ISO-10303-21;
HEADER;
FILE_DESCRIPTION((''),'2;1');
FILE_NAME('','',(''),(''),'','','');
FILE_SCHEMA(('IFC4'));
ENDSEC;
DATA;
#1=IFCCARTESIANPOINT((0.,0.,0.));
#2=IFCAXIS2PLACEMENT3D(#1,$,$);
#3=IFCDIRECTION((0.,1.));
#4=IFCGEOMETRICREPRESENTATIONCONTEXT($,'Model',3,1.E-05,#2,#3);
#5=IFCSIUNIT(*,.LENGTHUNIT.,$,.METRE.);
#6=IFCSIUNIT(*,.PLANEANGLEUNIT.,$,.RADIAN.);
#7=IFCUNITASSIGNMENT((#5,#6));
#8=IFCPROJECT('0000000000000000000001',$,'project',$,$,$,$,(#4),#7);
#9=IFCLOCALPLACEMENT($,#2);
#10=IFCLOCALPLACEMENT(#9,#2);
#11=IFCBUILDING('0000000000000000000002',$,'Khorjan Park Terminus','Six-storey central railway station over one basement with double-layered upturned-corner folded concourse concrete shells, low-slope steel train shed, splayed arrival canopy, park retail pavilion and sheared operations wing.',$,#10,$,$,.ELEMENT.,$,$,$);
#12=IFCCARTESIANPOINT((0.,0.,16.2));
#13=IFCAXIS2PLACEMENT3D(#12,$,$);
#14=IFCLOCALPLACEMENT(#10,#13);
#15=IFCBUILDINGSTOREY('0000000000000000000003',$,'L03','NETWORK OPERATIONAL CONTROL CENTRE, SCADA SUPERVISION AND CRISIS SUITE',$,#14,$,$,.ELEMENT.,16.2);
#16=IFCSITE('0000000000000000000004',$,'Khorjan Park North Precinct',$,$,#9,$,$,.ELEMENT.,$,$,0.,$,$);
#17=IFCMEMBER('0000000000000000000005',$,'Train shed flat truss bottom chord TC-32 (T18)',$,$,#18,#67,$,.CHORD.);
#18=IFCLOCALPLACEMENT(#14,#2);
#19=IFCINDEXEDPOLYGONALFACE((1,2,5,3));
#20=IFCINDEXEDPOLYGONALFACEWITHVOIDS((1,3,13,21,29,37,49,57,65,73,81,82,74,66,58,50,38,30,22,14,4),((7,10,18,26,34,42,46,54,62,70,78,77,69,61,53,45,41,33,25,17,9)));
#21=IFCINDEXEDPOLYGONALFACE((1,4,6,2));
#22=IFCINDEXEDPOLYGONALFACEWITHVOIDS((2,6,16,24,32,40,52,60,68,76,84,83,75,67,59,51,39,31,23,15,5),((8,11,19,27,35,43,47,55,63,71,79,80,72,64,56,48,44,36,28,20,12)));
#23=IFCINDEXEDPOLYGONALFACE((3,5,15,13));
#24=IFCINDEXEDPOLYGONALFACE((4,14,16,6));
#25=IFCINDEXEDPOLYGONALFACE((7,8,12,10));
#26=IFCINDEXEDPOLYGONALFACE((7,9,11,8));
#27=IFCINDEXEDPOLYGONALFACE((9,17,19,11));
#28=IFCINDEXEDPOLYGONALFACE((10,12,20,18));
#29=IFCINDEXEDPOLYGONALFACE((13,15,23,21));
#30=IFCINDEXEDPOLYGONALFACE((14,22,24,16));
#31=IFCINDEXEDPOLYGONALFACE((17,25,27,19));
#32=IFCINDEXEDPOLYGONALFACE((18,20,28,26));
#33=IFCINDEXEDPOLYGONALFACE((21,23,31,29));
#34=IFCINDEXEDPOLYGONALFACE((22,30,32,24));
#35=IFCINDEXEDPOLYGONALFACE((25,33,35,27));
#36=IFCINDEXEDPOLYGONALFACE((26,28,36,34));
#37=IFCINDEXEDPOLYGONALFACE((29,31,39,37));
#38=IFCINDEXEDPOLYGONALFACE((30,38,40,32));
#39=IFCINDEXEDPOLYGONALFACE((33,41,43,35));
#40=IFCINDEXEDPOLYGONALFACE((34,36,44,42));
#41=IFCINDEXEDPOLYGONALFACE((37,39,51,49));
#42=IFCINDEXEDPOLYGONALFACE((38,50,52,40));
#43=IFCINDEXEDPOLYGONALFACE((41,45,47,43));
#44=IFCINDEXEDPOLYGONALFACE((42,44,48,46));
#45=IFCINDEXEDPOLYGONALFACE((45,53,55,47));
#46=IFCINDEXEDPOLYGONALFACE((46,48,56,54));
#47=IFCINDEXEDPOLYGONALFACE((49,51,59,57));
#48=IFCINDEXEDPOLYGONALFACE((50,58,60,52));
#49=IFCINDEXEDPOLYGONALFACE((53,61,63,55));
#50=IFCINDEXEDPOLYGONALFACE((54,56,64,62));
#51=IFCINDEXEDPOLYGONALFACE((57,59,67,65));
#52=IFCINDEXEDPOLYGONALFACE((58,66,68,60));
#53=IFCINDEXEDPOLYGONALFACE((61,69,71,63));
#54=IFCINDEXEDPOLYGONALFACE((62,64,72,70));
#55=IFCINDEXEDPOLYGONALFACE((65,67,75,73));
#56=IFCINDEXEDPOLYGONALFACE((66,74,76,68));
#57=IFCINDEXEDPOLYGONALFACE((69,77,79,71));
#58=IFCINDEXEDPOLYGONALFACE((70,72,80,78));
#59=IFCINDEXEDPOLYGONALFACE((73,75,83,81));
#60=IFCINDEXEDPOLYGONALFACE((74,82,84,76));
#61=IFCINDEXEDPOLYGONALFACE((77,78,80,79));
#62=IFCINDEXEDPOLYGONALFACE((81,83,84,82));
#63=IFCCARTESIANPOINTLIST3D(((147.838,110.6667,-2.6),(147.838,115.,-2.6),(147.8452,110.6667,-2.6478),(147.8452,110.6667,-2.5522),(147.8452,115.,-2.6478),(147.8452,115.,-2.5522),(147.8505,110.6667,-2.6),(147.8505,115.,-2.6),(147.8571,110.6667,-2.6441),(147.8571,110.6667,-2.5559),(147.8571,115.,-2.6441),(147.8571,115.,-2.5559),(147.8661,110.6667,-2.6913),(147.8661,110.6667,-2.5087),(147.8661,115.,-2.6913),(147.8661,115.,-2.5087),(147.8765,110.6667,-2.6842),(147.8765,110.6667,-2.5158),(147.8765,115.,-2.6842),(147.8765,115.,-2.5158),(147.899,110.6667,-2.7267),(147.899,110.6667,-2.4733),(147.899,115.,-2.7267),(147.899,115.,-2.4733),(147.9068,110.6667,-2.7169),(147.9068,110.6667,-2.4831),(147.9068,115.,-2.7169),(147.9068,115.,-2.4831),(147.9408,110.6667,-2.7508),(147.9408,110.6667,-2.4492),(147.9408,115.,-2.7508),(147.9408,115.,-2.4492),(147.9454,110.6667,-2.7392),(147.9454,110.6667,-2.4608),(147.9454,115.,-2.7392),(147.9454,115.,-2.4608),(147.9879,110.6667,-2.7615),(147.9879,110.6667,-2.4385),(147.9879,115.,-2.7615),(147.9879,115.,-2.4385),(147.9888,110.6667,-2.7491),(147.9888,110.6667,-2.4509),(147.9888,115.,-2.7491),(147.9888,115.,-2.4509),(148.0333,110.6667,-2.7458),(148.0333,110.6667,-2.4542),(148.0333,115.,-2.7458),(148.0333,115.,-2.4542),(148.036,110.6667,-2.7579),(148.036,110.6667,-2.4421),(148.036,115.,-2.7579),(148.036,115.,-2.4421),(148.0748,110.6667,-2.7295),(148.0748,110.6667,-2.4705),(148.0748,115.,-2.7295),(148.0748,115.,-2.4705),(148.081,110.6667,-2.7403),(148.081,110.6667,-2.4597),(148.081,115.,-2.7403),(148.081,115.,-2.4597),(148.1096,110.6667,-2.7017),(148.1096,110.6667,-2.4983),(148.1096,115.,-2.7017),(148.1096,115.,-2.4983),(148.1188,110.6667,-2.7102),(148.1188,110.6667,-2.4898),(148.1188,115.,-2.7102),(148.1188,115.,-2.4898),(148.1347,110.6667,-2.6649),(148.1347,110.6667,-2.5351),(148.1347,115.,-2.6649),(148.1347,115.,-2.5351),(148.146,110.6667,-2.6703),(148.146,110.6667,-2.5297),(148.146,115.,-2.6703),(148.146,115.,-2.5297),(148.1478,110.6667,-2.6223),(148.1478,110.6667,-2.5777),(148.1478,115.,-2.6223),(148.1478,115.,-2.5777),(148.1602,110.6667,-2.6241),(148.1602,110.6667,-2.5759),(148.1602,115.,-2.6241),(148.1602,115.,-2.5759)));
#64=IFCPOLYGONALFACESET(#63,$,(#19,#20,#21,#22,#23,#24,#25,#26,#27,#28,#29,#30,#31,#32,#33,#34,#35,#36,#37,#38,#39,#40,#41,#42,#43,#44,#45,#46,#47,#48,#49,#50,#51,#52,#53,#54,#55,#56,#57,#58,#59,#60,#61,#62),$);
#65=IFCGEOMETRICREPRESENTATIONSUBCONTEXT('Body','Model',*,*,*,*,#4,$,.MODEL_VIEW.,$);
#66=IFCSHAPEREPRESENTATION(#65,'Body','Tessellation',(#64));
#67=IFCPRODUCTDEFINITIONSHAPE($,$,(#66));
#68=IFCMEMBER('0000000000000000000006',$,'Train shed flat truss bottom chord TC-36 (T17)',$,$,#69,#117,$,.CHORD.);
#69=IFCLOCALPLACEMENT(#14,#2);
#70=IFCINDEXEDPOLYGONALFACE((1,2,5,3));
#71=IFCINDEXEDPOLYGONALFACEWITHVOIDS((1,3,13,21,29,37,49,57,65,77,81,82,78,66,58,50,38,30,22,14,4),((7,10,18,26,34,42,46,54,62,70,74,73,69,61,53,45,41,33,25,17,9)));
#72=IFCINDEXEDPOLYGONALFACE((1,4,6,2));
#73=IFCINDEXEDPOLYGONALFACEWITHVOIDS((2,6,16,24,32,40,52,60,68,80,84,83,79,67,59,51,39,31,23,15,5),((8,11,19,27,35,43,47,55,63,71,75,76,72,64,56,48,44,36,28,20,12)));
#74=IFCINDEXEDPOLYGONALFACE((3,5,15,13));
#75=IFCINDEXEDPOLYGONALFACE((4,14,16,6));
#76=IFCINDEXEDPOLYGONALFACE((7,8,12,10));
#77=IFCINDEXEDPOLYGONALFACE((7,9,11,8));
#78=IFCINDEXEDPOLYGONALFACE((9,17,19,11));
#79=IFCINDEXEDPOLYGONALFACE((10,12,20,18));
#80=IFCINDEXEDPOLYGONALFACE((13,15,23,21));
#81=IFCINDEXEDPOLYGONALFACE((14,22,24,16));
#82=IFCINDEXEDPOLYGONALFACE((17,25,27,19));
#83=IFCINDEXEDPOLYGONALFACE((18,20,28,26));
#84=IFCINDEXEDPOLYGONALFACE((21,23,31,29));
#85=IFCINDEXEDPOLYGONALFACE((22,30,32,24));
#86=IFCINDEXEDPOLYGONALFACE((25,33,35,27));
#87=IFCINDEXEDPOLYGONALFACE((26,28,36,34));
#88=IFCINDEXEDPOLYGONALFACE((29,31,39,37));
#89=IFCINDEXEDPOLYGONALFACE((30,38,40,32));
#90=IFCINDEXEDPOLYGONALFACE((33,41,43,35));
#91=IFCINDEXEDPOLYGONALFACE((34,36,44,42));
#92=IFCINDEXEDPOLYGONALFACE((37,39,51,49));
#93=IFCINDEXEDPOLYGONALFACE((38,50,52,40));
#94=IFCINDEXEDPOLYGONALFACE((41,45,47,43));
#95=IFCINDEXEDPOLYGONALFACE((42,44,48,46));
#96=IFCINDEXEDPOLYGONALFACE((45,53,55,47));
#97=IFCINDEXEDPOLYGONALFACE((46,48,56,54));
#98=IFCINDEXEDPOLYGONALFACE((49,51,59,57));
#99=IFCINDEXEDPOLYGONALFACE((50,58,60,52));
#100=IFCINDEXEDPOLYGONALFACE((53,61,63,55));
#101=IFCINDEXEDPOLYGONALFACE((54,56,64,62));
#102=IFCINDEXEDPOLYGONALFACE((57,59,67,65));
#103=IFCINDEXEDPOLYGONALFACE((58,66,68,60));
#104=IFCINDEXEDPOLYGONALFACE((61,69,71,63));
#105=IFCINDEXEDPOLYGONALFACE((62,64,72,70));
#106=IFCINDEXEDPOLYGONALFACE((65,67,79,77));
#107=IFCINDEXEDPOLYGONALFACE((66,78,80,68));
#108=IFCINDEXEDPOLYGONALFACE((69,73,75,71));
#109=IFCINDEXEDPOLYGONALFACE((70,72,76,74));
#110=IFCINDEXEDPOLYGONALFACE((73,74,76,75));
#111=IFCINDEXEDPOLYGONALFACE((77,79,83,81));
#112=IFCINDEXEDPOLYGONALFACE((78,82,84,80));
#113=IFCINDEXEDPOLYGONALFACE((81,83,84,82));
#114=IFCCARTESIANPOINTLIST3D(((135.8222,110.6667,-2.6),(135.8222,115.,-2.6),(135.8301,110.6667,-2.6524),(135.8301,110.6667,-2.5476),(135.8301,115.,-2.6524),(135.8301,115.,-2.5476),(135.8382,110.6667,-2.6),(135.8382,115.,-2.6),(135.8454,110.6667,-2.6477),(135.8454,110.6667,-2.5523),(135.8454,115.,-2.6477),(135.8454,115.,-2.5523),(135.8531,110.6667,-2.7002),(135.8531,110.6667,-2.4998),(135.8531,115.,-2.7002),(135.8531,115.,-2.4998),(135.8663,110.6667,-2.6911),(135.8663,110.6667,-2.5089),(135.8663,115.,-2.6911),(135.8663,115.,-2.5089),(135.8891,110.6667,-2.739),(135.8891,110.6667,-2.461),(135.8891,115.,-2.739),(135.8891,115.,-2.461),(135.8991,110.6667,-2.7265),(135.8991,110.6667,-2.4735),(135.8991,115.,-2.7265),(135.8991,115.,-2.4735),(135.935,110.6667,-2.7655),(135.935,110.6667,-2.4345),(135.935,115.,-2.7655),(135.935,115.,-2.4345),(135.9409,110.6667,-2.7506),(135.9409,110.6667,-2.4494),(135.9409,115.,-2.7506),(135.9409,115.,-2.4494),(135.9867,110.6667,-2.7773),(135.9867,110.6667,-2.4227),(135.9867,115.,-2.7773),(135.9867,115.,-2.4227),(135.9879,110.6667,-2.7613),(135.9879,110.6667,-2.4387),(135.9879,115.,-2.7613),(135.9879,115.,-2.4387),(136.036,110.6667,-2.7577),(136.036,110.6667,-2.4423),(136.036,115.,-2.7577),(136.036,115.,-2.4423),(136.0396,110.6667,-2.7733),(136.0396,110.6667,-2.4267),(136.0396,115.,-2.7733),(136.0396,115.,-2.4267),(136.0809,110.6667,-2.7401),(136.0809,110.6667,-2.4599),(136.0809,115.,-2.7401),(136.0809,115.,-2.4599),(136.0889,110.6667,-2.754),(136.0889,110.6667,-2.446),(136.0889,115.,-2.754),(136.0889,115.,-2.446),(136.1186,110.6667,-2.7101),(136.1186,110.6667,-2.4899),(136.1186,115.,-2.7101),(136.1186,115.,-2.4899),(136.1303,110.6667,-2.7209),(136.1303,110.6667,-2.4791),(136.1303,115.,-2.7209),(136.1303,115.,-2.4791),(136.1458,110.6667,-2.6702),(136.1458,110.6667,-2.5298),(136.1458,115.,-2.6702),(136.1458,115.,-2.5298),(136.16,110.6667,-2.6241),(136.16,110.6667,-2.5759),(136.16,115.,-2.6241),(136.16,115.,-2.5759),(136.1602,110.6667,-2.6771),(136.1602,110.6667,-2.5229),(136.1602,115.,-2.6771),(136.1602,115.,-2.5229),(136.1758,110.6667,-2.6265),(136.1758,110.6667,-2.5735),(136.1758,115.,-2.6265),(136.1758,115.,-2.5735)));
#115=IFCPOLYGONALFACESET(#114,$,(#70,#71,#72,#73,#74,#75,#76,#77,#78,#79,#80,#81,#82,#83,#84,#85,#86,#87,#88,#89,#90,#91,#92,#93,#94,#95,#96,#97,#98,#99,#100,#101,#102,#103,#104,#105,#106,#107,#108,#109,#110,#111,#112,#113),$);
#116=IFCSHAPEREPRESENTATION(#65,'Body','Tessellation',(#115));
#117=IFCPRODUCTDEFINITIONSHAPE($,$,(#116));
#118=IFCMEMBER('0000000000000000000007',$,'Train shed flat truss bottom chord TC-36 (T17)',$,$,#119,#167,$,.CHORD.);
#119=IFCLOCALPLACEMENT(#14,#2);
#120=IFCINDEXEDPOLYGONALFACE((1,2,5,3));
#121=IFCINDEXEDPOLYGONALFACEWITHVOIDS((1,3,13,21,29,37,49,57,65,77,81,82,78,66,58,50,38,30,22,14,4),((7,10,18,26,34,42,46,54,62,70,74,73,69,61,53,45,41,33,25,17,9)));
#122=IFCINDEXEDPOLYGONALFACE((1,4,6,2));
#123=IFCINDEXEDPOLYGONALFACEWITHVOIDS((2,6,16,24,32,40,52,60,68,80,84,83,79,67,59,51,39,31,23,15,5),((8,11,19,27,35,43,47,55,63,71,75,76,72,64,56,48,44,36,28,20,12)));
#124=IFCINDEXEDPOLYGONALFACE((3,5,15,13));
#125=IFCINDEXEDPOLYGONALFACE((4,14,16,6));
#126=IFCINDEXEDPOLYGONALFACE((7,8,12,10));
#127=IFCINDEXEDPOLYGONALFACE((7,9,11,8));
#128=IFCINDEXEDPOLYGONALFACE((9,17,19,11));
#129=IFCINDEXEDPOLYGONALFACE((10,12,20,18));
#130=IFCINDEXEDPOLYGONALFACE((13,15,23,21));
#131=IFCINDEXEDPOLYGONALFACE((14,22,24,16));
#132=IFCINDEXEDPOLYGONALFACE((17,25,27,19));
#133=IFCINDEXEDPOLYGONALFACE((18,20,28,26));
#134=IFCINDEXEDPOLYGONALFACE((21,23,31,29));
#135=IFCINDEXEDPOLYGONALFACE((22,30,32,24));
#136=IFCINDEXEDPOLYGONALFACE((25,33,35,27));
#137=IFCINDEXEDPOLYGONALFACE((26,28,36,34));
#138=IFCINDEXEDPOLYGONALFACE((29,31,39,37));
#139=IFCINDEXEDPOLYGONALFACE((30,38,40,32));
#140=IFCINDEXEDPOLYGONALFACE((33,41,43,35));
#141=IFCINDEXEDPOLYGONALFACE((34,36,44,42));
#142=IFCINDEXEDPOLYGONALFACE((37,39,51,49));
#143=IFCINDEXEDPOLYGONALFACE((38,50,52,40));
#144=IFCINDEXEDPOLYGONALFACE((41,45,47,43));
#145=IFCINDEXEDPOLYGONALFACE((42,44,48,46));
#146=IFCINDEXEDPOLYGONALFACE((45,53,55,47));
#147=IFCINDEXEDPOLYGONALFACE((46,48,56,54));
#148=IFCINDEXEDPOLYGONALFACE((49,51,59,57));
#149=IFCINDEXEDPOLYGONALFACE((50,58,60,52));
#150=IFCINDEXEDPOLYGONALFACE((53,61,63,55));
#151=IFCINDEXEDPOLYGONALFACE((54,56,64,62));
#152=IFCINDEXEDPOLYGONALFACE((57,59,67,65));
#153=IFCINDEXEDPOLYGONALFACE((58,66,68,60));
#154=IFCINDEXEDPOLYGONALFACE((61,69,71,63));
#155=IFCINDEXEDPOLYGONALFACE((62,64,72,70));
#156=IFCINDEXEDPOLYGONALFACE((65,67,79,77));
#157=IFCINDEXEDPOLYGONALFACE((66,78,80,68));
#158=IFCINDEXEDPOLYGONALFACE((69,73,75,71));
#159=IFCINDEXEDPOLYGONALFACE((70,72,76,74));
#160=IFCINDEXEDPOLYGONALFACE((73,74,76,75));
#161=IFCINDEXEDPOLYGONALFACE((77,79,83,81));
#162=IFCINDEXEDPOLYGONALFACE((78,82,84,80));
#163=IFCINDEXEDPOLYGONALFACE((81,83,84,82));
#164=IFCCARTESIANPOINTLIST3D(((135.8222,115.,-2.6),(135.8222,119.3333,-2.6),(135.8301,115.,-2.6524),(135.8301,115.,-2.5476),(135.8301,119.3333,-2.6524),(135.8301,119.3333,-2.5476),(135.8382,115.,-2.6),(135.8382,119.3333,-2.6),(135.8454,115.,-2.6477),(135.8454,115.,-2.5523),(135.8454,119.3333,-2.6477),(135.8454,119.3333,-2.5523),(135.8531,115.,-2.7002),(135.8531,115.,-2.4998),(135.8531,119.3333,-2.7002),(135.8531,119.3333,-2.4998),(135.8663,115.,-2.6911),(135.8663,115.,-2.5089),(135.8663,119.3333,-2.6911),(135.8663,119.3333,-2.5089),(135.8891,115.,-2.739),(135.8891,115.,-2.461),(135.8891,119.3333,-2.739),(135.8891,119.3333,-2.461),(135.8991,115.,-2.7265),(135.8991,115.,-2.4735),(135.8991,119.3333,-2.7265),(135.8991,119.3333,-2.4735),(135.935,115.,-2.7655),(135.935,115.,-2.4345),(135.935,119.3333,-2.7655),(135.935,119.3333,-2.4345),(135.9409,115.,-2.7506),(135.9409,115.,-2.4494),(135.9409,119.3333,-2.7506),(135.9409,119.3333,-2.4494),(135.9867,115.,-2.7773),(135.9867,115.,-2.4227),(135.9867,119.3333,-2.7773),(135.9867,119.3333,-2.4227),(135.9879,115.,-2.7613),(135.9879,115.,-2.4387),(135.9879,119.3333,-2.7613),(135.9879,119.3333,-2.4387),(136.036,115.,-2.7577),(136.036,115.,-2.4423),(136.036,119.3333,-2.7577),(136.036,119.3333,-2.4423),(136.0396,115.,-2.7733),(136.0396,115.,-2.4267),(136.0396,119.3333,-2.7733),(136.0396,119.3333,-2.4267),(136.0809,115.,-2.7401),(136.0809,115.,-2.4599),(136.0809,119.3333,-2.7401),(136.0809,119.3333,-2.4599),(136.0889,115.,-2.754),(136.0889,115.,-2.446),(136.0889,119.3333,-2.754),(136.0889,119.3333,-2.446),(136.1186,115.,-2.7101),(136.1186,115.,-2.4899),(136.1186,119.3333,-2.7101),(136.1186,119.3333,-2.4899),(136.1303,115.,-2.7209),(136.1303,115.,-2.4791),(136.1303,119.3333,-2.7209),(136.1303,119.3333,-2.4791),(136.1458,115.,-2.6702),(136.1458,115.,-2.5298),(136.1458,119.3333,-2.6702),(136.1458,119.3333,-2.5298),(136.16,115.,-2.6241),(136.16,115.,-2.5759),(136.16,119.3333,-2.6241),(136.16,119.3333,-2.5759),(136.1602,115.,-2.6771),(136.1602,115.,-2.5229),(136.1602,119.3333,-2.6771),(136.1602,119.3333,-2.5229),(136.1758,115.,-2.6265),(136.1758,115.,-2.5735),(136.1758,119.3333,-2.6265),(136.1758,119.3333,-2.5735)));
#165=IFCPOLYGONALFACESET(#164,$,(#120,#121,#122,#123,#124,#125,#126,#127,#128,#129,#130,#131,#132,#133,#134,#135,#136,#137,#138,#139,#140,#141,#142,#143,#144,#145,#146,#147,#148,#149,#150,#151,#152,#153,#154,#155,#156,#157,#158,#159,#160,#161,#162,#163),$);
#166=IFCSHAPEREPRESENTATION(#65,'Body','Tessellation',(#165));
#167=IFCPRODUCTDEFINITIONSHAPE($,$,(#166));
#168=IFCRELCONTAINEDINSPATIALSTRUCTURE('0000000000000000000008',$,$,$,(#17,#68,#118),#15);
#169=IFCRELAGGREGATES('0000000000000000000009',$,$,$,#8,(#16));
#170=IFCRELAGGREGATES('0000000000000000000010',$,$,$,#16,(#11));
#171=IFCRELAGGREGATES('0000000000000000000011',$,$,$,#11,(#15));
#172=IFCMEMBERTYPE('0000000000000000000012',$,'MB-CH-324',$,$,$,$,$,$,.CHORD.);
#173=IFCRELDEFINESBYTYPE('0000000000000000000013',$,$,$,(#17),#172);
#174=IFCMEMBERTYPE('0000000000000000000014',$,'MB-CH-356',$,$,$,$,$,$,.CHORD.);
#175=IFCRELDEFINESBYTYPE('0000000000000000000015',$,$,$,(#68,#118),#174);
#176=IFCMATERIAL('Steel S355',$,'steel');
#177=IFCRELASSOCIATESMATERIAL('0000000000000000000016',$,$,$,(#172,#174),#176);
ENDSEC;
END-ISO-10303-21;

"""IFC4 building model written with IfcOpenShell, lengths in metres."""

from ifc_helpers import new_model, si_unit, direction, frame, origin, origin_2d, place, context, subcontext, project, spatial, hollow_circle, extrude, material, material_profile, profile_set, type_object, element, save


model = new_model("IFC4")

# Units and contexts
model_context = context("Model", 3, precision=1e-05, world=origin(), true_north=direction((0.0, 1.0)))
body_context = subcontext(model_context, "Body", "Model", "MODEL_VIEW")
ifc_project = project(units=[si_unit("LENGTHUNIT", "METRE"), si_unit("PLANEANGLEUNIT", "RADIAN")], contexts=[model_context])

# Site, building, storey
site_placement = place(None, origin())
site = spatial("IfcSite", under=ifc_project, at=site_placement, Name="Khorjan Park North Precinct", CompositionType="ELEMENT", RefElevation=0.0)
building_placement = place(site_placement, origin())
building = spatial("IfcBuilding", under=site, at=building_placement, Name="Khorjan Park Terminus", Description="Six-storey central railway station over one basement with double-layered upturned-corner folded concourse concrete shells, low-slope steel train shed, splayed arrival canopy, park retail pavilion and sheared operations wing.", CompositionType="ELEMENT")
storey_placement = place(building_placement, frame((0.0, 0.0, 16.2)))
storey = spatial("IfcBuildingStorey", under=building, at=storey_placement, Name="L03", Description="NETWORK OPERATIONAL CONTROL CENTRE, SCADA SUPERVISION AND CRISIS SUITE", CompositionType="ELEMENT", Elevation=16.2)

# Members
ifc_material = material(Name="Steel S355", Category="steel")
ifc_material_profile_1 = material_profile(ifc_material, hollow_circle(Radius=0.162, WallThickness=0.0125, at=origin_2d()), Name="CHS 323.9x12.5")
ifc_profile_set_1 = profile_set([ifc_material_profile_1], Name="Steel S355")
member_type_1 = type_object("IfcMemberType", Name="MB-CH-324", PredefinedType="CHORD", material=ifc_profile_set_1)
member_1_placement = place(storey_placement, frame((148.0, 110.6667, -2.6), z_axis=(0.0, 1.0, 0.0), x_axis=(-1.0, 0.0, 0.0)))
element("IfcMember", 1, at=member_1_placement, inside=storey, type_object=member_type_1, Name="Train shed flat truss bottom chord TC-32 (T18)", PredefinedType="CHORD", context=body_context, shape_type="SweptSolid", body=[
    extrude(hollow_circle(Radius=0.162, WallThickness=0.0125, at=origin_2d()), origin(), (0.0, 0.0, 1.0), 4.3333),
])
ifc_material_profile_2 = material_profile(ifc_material, hollow_circle(Radius=0.1778, WallThickness=0.016, at=origin_2d()), Name="CHS 355.6x16")
ifc_profile_set_2 = profile_set([ifc_material_profile_2], Name="Steel S355")
member_type_2 = type_object("IfcMemberType", Name="MB-CH-356", PredefinedType="CHORD", material=ifc_profile_set_2)
for number, where, z_axis, x_axis, name in (
    (2, (136.0, 110.6667, -2.6), (0.0, 1.0, 0.0), (-1.0, 0.0, 0.0), "Train shed flat truss bottom chord TC-36 (T17)"),
    (3, (136.0, 115.0, -2.6), (0.0, 1.0, 0.0), (-1.0, 0.0, 0.0), "Train shed flat truss bottom chord TC-36 (T17)"),
):
    element("IfcMember", number, at=place(storey_placement, frame(where, z_axis=z_axis, x_axis=x_axis)), inside=storey, type_object=member_type_2, Name=name, PredefinedType="CHORD", context=body_context, shape_type="SweptSolid", body=[
        extrude(hollow_circle(Radius=0.1778, WallThickness=0.016, at=origin_2d()), origin(), (0.0, 0.0, 1.0), 4.3333),
    ])

save(model, "model.ifc")
